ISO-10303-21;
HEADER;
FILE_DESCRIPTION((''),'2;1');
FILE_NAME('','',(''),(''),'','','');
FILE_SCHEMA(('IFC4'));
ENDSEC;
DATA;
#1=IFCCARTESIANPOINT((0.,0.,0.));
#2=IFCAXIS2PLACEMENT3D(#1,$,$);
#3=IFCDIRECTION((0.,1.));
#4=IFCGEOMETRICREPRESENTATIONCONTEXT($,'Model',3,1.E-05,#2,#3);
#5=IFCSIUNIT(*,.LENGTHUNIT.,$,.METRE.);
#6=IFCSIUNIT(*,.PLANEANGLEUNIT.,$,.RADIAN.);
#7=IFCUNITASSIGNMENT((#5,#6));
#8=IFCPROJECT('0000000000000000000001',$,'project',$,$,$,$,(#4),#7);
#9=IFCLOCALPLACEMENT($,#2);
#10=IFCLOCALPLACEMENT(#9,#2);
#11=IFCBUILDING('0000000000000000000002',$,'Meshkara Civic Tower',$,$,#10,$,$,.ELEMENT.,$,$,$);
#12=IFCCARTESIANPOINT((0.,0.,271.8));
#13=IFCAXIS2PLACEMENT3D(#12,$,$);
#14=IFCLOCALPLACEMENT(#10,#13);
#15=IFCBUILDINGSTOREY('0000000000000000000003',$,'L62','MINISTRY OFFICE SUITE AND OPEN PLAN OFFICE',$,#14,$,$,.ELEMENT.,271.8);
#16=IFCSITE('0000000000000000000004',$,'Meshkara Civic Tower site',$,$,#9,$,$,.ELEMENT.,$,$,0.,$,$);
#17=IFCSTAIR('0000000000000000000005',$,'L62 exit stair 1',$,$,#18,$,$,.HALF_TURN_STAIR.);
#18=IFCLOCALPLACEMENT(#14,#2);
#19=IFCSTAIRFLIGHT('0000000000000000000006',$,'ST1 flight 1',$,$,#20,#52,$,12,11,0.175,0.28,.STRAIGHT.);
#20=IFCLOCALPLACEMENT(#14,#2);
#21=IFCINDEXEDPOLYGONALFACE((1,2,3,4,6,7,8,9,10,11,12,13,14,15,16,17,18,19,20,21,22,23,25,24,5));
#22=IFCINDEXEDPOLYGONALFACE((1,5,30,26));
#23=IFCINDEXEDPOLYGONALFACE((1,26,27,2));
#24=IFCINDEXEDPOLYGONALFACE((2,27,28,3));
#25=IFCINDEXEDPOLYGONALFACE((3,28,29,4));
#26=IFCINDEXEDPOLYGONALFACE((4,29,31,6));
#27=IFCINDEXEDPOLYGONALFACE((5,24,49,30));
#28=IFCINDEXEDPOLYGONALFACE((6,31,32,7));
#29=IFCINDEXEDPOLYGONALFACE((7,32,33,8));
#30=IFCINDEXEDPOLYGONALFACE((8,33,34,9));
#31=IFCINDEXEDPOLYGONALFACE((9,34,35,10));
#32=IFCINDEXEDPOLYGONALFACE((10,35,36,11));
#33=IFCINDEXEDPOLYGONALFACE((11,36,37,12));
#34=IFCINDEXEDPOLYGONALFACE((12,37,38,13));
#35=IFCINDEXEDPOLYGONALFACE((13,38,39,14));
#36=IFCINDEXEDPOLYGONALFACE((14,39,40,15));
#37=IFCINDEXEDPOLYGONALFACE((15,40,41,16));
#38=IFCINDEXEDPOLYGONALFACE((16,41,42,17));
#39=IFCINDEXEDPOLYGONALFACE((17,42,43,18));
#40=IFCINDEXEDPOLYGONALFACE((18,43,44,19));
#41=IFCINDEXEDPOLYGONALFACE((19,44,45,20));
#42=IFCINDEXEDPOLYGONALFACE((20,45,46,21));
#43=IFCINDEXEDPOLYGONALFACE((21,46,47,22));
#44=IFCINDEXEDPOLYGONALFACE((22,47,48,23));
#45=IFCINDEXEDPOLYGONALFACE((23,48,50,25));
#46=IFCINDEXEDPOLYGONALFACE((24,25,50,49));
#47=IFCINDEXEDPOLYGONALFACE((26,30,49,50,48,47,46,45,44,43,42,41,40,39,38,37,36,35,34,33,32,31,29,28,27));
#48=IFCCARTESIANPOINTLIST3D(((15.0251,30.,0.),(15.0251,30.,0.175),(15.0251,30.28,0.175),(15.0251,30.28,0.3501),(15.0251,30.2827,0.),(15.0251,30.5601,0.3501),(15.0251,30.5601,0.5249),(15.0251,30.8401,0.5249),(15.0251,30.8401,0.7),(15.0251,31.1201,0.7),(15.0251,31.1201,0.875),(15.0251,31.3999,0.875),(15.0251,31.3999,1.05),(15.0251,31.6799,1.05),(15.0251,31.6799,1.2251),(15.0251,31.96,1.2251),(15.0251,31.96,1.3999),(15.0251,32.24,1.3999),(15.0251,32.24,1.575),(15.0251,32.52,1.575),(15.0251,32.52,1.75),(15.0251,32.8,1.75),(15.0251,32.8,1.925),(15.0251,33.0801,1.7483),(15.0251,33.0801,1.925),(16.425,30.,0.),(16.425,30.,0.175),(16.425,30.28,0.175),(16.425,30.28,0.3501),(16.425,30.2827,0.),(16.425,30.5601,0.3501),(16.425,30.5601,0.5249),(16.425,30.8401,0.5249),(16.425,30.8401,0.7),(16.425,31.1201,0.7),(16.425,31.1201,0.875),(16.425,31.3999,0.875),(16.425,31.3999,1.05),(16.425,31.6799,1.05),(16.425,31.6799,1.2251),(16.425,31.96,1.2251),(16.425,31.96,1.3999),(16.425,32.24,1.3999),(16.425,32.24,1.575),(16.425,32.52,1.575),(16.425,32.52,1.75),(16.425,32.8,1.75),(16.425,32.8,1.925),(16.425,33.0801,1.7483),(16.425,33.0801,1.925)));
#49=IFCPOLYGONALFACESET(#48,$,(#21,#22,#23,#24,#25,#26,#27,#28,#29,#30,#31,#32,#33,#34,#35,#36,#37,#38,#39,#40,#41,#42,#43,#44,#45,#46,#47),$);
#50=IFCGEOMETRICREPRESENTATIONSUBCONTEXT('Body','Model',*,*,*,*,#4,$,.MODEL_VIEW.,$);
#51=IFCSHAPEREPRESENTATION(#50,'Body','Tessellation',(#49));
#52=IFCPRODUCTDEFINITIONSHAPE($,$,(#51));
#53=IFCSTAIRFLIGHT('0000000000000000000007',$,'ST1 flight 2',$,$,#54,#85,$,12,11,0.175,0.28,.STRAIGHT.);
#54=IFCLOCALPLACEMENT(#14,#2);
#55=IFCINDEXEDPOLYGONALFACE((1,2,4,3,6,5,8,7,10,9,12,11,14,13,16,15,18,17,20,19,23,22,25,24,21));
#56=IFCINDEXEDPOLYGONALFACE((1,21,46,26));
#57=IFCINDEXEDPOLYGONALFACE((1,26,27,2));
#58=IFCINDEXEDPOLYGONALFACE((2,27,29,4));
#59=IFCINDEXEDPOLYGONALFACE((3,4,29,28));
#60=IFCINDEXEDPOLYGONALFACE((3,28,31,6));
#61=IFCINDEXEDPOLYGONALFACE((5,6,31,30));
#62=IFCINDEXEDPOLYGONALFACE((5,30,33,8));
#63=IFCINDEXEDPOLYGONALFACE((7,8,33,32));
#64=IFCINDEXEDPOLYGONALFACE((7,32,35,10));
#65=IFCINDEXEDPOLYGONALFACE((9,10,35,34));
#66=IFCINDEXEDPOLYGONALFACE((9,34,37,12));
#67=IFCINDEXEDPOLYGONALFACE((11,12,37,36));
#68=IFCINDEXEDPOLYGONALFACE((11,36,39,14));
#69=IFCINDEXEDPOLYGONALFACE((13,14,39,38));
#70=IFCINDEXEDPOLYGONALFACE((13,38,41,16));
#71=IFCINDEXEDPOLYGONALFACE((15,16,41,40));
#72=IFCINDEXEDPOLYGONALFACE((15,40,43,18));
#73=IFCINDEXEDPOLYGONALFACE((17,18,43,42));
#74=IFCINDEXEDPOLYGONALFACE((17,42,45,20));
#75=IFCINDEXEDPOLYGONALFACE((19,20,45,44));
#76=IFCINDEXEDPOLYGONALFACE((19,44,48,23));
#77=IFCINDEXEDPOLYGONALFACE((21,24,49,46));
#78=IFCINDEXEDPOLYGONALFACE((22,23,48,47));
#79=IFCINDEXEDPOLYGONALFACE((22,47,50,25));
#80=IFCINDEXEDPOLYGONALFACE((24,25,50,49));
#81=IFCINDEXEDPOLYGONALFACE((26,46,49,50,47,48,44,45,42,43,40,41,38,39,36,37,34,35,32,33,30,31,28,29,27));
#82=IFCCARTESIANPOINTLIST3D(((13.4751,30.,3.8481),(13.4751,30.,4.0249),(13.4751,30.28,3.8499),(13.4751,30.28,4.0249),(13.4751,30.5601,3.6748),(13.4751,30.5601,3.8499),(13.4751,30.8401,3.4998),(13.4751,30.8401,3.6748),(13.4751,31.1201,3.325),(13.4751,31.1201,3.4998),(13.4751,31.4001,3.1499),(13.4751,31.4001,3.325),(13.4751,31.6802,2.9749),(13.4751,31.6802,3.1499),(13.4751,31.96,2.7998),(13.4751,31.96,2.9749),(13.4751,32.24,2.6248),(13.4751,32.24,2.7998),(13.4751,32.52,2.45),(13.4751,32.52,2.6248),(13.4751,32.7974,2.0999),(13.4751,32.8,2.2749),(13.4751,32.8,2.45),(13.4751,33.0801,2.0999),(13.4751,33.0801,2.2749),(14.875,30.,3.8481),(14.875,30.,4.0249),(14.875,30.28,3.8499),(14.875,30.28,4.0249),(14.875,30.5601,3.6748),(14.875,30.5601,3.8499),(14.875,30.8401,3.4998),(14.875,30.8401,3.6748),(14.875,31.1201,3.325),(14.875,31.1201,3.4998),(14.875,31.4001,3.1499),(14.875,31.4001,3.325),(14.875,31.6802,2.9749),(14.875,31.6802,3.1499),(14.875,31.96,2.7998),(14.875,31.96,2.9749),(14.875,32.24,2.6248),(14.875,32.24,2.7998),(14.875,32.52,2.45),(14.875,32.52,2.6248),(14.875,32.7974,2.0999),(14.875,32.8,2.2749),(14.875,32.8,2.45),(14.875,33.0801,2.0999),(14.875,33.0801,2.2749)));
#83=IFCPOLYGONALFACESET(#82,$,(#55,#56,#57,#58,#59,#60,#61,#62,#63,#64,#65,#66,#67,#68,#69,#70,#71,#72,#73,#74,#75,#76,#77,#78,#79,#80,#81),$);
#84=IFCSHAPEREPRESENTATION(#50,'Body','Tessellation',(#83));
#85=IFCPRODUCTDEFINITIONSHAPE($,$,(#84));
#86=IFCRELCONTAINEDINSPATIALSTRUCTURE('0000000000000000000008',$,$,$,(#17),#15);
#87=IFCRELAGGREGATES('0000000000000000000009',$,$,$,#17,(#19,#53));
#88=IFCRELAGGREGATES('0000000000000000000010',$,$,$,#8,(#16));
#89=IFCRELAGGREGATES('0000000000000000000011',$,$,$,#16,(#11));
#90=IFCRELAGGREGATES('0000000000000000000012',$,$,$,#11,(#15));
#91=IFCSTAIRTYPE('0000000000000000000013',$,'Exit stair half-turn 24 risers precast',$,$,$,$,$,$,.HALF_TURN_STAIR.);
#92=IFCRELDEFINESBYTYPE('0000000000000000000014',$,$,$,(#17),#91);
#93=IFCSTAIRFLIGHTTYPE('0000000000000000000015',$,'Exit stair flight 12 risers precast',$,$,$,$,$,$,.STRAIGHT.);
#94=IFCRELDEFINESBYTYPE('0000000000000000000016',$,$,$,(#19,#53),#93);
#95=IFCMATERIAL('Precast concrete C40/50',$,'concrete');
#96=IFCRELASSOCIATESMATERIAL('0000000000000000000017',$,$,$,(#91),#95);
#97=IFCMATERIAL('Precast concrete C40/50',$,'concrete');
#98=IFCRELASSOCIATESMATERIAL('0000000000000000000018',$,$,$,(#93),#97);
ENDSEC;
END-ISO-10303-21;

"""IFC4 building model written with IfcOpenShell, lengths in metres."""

from ifc_helpers import new_model, si_unit, direction, frame, origin, place, context, subcontext, project, spatial, polyline, outline, extrude, material, type_object, element, aggregate, save


model = new_model("IFC4")

# Units and contexts
model_context = context("Model", 3, precision=1e-05, world=origin(), true_north=direction((0.0, 1.0)))
body_context = subcontext(model_context, "Body", "Model", "MODEL_VIEW")
ifc_project = project(units=[si_unit("LENGTHUNIT", "METRE"), si_unit("PLANEANGLEUNIT", "RADIAN")], contexts=[model_context])

# Site, building, storey
site_placement = place(None, origin())
site = spatial("IfcSite", under=ifc_project, at=site_placement, Name="Meshkara Civic Tower site", CompositionType="ELEMENT", RefElevation=0.0)
building_placement = place(site_placement, origin())
building = spatial("IfcBuilding", under=site, at=building_placement, Name="Meshkara Civic Tower", CompositionType="ELEMENT")
storey_placement = place(building_placement, frame((0.0, 0.0, 271.8)))
storey = spatial("IfcBuildingStorey", under=building, at=storey_placement, Name="L62", Description="MINISTRY OFFICE SUITE AND OPEN PLAN OFFICE", CompositionType="ELEMENT", Elevation=271.8)

# Stair, stair flights
ifc_material_1 = material(Name="Precast concrete C40/50", Category="concrete")
stair_type = type_object("IfcStairType", Name="Exit stair half-turn 24 risers precast", PredefinedType="HALF_TURN_STAIR", material=ifc_material_1)
stair_placement = place(storey_placement, origin())
stair = element("IfcStair", 1, at=stair_placement, inside=storey, type_object=stair_type, Name="L62 exit stair 1", PredefinedType="HALF_TURN_STAIR")
ifc_material_2 = material(Name="Precast concrete C40/50", Category="concrete")
stair_flight_type = type_object("IfcStairFlightType", Name="Exit stair flight 12 risers precast", PredefinedType="STRAIGHT", material=ifc_material_2)
stair_flight_1_placement = place(storey_placement, frame((15.7251, 30.0, 0.0), z_axis=(0.0, 0.0, 1.0), x_axis=(0.0, 1.0, 0.0)))
stair_flight_1 = element("IfcStairFlight", 2, at=stair_flight_1_placement, type_object=stair_flight_type, Name="ST1 flight 1", NumberOfRisers=12, NumberOfTreads=11, PredefinedType="STRAIGHT", RiserHeight=0.175, TreadLength=0.28, context=body_context, shape_type="SweptSolid", body=[
    extrude(outline(polyline([(0.0, 0.0), (0.0, 0.175), (0.28, 0.175), (0.28, 0.3501), (0.5601, 0.3501), (0.5601, 0.5249), (0.8401, 0.5249), (0.8401, 0.7), (1.1201, 0.7), (1.1201, 0.875), (1.3999, 0.875), (1.3999, 1.05), (1.6799, 1.05), (1.6799, 1.2251), (1.96, 1.2251), (1.96, 1.3999), (2.24, 1.3999), (2.24, 1.575), (2.52, 1.575), (2.52, 1.75), (2.8, 1.75), (2.8, 1.925), (3.0801, 1.925), (3.0801, 2.1001), (3.0801, 1.7483), (0.2827, 0.0), (0.0, 0.0)])), frame((0.0, 0.7, 0.0), z_axis=(0.0, -1.0, 0.0), x_axis=(1.0, 0.0, 0.0)), (0.0, 0.0, 1.0), 1.3999),
])
stair_flight_2_placement = place(storey_placement, frame((14.175, 33.0801, 2.0999), z_axis=(0.0, 0.0, 1.0), x_axis=(0.0, -1.0, 0.0)))
stair_flight_2 = element("IfcStairFlight", 3, at=stair_flight_2_placement, type_object=stair_flight_type, Name="ST1 flight 2", NumberOfRisers=12, NumberOfTreads=11, PredefinedType="STRAIGHT", RiserHeight=0.175, TreadLength=0.28, context=body_context, shape_type="SweptSolid", body=[
    extrude(outline(polyline([(0.0, 0.0), (0.0, 0.175), (0.28, 0.175), (0.28, 0.3501), (0.5601, 0.3501), (0.5601, 0.5249), (0.8401, 0.5249), (0.8401, 0.7), (1.1201, 0.7), (1.1201, 0.875), (1.3999, 0.875), (1.3999, 1.05), (1.6799, 1.05), (1.6799, 1.2251), (1.96, 1.2251), (1.96, 1.3999), (2.24, 1.3999), (2.24, 1.575), (2.52, 1.575), (2.52, 1.75), (2.8, 1.75), (2.8, 1.925), (3.0801, 1.925), (3.0801, 2.1001), (3.0801, 1.7483), (0.2827, 0.0), (0.0, 0.0)])), frame((0.0, 0.7, 0.0), z_axis=(0.0, -1.0, 0.0), x_axis=(1.0, 0.0, 0.0)), (0.0, 0.0, 1.0), 1.3999),
])
aggregate(stair, [stair_flight_1, stair_flight_2])

save(model, "model.ifc")
